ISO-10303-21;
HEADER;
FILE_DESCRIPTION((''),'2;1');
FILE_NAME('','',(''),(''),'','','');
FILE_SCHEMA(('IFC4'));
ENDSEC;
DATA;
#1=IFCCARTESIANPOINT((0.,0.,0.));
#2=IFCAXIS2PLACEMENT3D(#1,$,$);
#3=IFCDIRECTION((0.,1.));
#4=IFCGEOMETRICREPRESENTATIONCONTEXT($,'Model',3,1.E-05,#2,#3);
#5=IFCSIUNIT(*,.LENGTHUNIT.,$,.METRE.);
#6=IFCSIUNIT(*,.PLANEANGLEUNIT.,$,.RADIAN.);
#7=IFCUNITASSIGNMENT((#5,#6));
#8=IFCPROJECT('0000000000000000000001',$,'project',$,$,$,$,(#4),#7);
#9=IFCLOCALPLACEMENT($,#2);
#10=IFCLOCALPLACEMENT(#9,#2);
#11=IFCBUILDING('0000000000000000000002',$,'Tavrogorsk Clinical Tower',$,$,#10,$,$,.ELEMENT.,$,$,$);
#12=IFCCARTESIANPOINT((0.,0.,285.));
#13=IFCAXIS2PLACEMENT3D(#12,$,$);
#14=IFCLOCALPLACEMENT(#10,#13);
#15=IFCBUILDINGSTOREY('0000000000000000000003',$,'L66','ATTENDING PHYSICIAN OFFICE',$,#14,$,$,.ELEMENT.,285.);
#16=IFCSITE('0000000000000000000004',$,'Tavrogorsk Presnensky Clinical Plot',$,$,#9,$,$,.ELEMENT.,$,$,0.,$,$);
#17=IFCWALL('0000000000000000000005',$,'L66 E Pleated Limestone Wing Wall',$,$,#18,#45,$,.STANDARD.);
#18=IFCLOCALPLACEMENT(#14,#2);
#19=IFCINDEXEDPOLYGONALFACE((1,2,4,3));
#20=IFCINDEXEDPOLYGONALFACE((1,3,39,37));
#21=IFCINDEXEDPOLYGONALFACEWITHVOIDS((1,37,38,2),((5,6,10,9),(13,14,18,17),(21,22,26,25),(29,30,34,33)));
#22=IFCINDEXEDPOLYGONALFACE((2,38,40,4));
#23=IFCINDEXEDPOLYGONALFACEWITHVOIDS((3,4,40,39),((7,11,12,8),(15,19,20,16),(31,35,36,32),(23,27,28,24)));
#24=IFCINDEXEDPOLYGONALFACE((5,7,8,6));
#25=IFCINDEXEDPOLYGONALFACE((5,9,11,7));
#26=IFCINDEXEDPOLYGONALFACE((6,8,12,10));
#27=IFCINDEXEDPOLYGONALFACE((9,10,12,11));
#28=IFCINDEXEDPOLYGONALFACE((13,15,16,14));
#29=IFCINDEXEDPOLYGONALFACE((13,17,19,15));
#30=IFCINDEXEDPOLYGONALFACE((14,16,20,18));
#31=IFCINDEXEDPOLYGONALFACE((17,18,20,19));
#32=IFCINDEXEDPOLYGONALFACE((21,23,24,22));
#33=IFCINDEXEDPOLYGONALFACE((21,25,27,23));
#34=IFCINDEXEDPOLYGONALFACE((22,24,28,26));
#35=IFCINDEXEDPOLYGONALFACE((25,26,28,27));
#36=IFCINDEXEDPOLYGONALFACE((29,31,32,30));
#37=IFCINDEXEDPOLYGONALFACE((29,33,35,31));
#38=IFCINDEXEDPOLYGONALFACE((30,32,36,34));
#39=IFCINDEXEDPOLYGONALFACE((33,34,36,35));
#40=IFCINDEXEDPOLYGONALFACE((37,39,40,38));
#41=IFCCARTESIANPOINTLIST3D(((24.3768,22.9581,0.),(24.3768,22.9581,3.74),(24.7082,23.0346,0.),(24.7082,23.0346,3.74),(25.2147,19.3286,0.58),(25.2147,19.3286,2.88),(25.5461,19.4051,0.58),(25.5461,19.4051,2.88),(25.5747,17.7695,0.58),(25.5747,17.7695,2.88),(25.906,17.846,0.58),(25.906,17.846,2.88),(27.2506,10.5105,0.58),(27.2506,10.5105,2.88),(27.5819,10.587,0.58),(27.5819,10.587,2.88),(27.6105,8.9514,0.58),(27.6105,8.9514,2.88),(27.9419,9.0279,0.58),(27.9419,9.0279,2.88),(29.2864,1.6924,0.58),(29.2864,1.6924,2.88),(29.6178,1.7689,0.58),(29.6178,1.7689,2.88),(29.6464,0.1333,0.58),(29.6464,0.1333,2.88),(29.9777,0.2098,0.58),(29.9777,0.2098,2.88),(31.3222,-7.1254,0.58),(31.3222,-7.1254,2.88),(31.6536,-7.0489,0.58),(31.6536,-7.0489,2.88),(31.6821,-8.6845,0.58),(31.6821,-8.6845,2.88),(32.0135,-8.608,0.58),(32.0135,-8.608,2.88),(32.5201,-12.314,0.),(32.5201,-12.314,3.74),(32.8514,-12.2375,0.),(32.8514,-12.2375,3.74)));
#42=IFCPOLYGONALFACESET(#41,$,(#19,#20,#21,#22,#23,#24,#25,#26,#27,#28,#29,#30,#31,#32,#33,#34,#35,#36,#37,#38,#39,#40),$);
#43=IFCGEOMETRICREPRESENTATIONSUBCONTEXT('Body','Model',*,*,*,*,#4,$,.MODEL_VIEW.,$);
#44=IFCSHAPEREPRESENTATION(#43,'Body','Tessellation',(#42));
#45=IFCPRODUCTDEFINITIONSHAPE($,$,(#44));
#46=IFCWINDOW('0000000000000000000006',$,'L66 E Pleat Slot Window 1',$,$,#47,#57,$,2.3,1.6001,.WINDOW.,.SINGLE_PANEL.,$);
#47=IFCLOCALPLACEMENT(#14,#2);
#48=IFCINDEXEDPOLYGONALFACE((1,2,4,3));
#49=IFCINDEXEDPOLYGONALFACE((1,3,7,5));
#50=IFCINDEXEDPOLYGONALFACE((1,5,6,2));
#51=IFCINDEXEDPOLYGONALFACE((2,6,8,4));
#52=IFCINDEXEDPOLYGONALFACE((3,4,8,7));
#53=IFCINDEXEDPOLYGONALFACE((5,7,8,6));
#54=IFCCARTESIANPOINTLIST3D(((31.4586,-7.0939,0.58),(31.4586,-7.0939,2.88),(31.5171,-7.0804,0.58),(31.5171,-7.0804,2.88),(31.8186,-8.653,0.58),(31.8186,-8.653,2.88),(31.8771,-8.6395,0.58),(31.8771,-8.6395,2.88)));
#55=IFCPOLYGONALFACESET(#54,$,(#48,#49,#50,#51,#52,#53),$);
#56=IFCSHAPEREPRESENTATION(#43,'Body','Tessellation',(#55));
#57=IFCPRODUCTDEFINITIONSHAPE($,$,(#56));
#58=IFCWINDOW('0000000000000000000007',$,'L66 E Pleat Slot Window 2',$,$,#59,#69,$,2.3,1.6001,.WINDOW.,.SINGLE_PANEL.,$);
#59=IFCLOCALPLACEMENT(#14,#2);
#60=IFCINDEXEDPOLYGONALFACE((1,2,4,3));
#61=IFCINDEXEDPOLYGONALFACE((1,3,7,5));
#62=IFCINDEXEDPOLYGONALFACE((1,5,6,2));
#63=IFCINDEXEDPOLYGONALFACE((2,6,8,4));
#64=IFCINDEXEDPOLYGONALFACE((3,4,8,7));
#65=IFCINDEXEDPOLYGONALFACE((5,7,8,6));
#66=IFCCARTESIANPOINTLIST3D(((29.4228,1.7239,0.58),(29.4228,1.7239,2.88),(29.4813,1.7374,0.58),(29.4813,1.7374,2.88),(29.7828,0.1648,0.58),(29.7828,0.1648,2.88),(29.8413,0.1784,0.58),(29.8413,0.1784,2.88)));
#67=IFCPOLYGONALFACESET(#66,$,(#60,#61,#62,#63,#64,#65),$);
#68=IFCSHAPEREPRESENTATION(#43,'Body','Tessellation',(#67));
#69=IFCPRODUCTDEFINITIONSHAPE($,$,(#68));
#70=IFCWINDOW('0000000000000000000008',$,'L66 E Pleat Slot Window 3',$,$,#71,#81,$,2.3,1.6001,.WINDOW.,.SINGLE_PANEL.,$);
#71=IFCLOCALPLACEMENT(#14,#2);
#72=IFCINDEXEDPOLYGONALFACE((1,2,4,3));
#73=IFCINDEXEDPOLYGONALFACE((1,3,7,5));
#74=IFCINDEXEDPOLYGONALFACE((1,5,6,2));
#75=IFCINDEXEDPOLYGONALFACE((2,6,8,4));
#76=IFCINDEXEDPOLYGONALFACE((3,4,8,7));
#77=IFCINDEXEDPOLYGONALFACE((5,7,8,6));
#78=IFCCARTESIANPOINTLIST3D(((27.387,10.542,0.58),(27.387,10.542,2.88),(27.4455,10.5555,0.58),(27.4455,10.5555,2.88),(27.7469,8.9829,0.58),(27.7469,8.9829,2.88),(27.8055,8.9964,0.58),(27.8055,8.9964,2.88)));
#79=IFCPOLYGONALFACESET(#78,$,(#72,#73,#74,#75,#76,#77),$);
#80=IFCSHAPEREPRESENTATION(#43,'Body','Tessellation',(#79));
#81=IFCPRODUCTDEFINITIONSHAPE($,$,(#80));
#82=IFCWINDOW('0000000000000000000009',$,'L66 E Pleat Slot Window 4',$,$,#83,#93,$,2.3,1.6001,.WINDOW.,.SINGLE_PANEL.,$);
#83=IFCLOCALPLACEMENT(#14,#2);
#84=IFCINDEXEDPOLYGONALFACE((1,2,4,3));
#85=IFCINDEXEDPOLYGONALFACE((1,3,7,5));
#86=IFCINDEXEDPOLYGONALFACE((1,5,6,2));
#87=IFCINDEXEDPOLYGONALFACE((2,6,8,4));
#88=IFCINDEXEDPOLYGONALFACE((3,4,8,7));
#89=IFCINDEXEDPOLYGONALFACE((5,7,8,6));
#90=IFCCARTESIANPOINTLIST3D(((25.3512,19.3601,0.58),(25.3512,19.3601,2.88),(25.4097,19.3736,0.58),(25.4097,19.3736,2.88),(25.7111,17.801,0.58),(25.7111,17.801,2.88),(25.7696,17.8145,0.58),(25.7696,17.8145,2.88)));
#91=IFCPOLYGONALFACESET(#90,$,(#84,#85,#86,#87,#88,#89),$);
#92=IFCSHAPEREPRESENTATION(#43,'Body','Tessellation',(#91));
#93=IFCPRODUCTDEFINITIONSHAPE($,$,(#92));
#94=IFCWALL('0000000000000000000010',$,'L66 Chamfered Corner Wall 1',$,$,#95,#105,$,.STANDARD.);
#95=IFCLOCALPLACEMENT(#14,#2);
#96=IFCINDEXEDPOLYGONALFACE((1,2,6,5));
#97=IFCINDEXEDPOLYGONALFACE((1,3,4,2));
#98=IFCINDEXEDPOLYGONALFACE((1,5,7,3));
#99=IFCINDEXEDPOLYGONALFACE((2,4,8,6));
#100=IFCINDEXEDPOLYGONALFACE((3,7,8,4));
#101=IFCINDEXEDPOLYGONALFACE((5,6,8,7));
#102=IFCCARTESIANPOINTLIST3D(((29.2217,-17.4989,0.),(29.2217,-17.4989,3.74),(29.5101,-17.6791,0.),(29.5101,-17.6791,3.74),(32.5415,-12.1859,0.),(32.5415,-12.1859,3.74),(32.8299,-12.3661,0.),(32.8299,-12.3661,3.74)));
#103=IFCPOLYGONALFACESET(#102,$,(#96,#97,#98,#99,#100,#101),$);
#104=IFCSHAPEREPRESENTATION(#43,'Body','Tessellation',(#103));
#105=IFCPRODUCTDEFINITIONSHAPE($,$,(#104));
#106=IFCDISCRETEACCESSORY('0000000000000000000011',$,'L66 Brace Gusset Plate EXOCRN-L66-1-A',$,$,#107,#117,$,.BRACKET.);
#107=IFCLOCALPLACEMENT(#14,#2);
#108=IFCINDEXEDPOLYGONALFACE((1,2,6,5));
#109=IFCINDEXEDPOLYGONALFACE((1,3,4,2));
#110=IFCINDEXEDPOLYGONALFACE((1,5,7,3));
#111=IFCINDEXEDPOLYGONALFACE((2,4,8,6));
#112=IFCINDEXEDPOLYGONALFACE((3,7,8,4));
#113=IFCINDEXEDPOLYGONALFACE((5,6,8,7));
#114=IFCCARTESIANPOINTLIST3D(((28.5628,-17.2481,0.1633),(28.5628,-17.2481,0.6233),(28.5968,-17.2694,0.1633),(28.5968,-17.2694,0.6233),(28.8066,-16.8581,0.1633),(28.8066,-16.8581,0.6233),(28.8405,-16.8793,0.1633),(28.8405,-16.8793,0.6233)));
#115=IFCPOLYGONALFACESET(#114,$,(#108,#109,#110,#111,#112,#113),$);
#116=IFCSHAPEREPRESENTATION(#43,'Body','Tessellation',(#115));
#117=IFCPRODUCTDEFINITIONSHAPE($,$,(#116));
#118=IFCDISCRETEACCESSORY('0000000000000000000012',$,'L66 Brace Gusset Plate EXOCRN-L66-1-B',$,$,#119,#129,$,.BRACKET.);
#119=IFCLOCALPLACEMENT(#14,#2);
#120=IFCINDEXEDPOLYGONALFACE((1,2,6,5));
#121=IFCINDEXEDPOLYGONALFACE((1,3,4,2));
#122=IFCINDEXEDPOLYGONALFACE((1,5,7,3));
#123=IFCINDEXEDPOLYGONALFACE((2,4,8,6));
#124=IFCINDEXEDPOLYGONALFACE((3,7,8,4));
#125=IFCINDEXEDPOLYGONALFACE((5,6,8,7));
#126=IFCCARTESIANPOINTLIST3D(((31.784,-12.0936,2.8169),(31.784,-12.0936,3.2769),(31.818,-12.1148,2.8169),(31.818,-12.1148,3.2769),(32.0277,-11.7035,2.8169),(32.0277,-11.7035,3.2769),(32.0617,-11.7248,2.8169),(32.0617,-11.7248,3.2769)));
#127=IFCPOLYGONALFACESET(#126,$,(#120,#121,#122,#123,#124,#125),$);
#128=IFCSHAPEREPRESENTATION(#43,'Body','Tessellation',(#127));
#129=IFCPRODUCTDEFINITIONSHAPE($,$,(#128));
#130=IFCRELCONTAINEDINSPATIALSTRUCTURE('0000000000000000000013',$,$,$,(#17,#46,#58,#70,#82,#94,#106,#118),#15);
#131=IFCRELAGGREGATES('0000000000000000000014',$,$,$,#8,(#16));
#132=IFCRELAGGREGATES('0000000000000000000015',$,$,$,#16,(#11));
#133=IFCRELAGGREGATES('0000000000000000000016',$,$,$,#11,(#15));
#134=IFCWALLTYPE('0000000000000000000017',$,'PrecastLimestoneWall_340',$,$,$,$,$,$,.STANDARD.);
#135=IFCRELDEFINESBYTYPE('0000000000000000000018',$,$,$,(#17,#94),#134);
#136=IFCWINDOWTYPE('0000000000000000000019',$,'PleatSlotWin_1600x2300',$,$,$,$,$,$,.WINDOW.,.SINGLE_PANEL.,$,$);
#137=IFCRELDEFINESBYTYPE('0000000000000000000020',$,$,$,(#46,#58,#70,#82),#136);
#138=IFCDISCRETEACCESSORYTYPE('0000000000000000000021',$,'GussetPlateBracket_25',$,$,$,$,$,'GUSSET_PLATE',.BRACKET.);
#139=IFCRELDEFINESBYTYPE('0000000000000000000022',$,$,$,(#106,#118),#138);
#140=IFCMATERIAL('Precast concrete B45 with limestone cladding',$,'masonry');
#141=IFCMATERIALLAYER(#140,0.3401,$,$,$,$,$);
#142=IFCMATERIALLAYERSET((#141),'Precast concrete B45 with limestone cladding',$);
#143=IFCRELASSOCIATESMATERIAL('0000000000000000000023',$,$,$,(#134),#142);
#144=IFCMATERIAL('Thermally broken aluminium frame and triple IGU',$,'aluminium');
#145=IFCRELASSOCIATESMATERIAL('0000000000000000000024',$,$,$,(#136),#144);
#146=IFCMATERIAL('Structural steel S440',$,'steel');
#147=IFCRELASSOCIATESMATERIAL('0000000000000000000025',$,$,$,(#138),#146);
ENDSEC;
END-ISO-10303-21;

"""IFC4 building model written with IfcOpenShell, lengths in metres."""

from ifc_helpers import new_model, si_unit, direction, frame, frame_2d, origin, origin_2d, place, context, subcontext, project, spatial, rectangle, extrude, material, layer, layer_set, type_object, element, fill, save


model = new_model("IFC4")

# Units and contexts
model_context = context("Model", 3, precision=1e-05, world=origin(), true_north=direction((0.0, 1.0)))
body_context = subcontext(model_context, "Body", "Model", "MODEL_VIEW")
ifc_project = project(units=[si_unit("LENGTHUNIT", "METRE"), si_unit("PLANEANGLEUNIT", "RADIAN")], contexts=[model_context])

# Site, building, storey
site_placement = place(None, origin())
site = spatial("IfcSite", under=ifc_project, at=site_placement, Name="Tavrogorsk Presnensky Clinical Plot", CompositionType="ELEMENT", RefElevation=0.0)
building_placement = place(site_placement, origin())
building = spatial("IfcBuilding", under=site, at=building_placement, Name="Tavrogorsk Clinical Tower", CompositionType="ELEMENT")
storey_placement = place(building_placement, frame((0.0, 0.0, 285.0)))
storey = spatial("IfcBuildingStorey", under=building, at=storey_placement, Name="L66", Description="ATTENDING PHYSICIAN OFFICE", CompositionType="ELEMENT", Elevation=285.0)

# Wall, openings, windows
ifc_material_1 = material(Name="Precast concrete B45 with limestone cladding", Category="masonry")
ifc_layer_1 = layer(ifc_material_1, 0.3401)
ifc_layer_set_1 = layer_set([ifc_layer_1], Name="Precast concrete B45 with limestone cladding")
wall_type_1 = type_object("IfcWallType", Name="PrecastLimestoneWall_340", PredefinedType="STANDARD", material=ifc_layer_set_1)
wall_1_placement = place(storey_placement, frame((32.6858, -12.2759, 0.0), z_axis=(0.0, 0.0, 1.0), x_axis=(-0.224953, 0.97437, 0.0)))
wall_1 = element("IfcWall", 1, at=wall_1_placement, inside=storey, type_object=wall_type_1, Name="L66 E Pleated Limestone Wing Wall", PredefinedType="STANDARD", context=body_context, shape_type="SweptSolid", body=[
    extrude(rectangle(XDim=36.2, YDim=0.3401, at=frame_2d((18.1001, 0.0))), origin(), (0.0, 0.0, 1.0), 3.74),
])
opening_1_placement = place(wall_1_placement, frame((3.7251, 0.0, 0.5801)))
opening_1 = element("IfcOpeningElement", 2, at=opening_1_placement, cuts=wall_1, PredefinedType="OPENING", context=body_context, shape_type="SweptSolid", body=[
    extrude(rectangle(XDim=1.6001, YDim=2.3, at=frame_2d((0.8, 1.1499))), frame((0.0, 0.1799, 0.0), z_axis=(0.0, -1.0, 0.0), x_axis=(1.0, 0.0, 0.0)), (0.0, 0.0, 1.0), 0.3601),
])
opening_2_placement = place(wall_1_placement, frame((12.7749, 0.0, 0.5801)))
opening_2 = element("IfcOpeningElement", 3, at=opening_2_placement, cuts=wall_1, PredefinedType="OPENING", context=body_context, shape_type="SweptSolid", body=[
    extrude(rectangle(XDim=1.6001, YDim=2.3, at=frame_2d((0.8, 1.1499))), frame((0.0, 0.1799, 0.0), z_axis=(0.0, -1.0, 0.0), x_axis=(1.0, 0.0, 0.0)), (0.0, 0.0, 1.0), 0.3601),
])
opening_3_placement = place(wall_1_placement, frame((21.825, 0.0, 0.5801)))
opening_3 = element("IfcOpeningElement", 4, at=opening_3_placement, cuts=wall_1, PredefinedType="OPENING", context=body_context, shape_type="SweptSolid", body=[
    extrude(rectangle(XDim=1.6001, YDim=2.3, at=frame_2d((0.8, 1.1499))), frame((0.0, 0.1799, 0.0), z_axis=(0.0, -1.0, 0.0), x_axis=(1.0, 0.0, 0.0)), (0.0, 0.0, 1.0), 0.3601),
])
opening_4_placement = place(wall_1_placement, frame((30.875, 0.0, 0.5801)))
opening_4 = element("IfcOpeningElement", 5, at=opening_4_placement, cuts=wall_1, PredefinedType="OPENING", context=body_context, shape_type="SweptSolid", body=[
    extrude(rectangle(XDim=1.6001, YDim=2.3, at=frame_2d((0.8, 1.1499))), frame((0.0, 0.1799, 0.0), z_axis=(0.0, -1.0, 0.0), x_axis=(1.0, 0.0, 0.0)), (0.0, 0.0, 1.0), 0.3601),
])
ifc_material_2 = material(Name="Thermally broken aluminium frame and triple IGU", Category="aluminium")
window_type = type_object("IfcWindowType", Name="PleatSlotWin_1600x2300", PartitioningType="SINGLE_PANEL", PredefinedType="WINDOW", material=ifc_material_2)
window_1_placement = place(opening_1_placement, origin())
window_1 = element("IfcWindow", 6, at=window_1_placement, inside=storey, type_object=window_type, Name="L66 E Pleat Slot Window 1", OverallHeight=2.3, OverallWidth=1.6001, PartitioningType="SINGLE_PANEL", PredefinedType="WINDOW", context=body_context, shape_type="SweptSolid", body=[
    extrude(rectangle(XDim=1.6001, YDim=2.3, at=frame_2d((0.8, 1.1499))), frame((0.0, 0.03, 0.0), z_axis=(0.0, -1.0, 0.0), x_axis=(1.0, 0.0, 0.0)), (0.0, 0.0, 1.0), 0.0601),
])
fill(opening_1, window_1)
window_2_placement = place(opening_2_placement, origin())
window_2 = element("IfcWindow", 7, at=window_2_placement, inside=storey, type_object=window_type, Name="L66 E Pleat Slot Window 2", OverallHeight=2.3, OverallWidth=1.6001, PartitioningType="SINGLE_PANEL", PredefinedType="WINDOW", context=body_context, shape_type="SweptSolid", body=[
    extrude(rectangle(XDim=1.6001, YDim=2.3, at=frame_2d((0.8, 1.1499))), frame((0.0, 0.03, 0.0), z_axis=(0.0, -1.0, 0.0), x_axis=(1.0, 0.0, 0.0)), (0.0, 0.0, 1.0), 0.0601),
])
fill(opening_2, window_2)
window_3_placement = place(opening_3_placement, origin())
window_3 = element("IfcWindow", 8, at=window_3_placement, inside=storey, type_object=window_type, Name="L66 E Pleat Slot Window 3", OverallHeight=2.3, OverallWidth=1.6001, PartitioningType="SINGLE_PANEL", PredefinedType="WINDOW", context=body_context, shape_type="SweptSolid", body=[
    extrude(rectangle(XDim=1.6001, YDim=2.3, at=frame_2d((0.8, 1.1499))), frame((0.0, 0.03, 0.0), z_axis=(0.0, -1.0, 0.0), x_axis=(1.0, 0.0, 0.0)), (0.0, 0.0, 1.0), 0.0601),
])
fill(opening_3, window_3)
window_4_placement = place(opening_4_placement, origin())
window_4 = element("IfcWindow", 9, at=window_4_placement, inside=storey, type_object=window_type, Name="L66 E Pleat Slot Window 4", OverallHeight=2.3, OverallWidth=1.6001, PartitioningType="SINGLE_PANEL", PredefinedType="WINDOW", context=body_context, shape_type="SweptSolid", body=[
    extrude(rectangle(XDim=1.6001, YDim=2.3, at=frame_2d((0.8, 1.1499))), frame((0.0, 0.03, 0.0), z_axis=(0.0, -1.0, 0.0), x_axis=(1.0, 0.0, 0.0)), (0.0, 0.0, 1.0), 0.0601),
])
fill(opening_4, window_4)

# Wall
wall_2_placement = place(storey_placement, frame((29.366, -17.5889, 0.0), z_axis=(0.0, 0.0, 1.0), x_axis=(0.529908, 0.848055, 0.0)))
element("IfcWall", 10, at=wall_2_placement, inside=storey, type_object=wall_type_1, Name="L66 Chamfered Corner Wall 1", PredefinedType="STANDARD", context=body_context, shape_type="SweptSolid", body=[
    extrude(rectangle(XDim=6.2649, YDim=0.3401, at=frame_2d((3.1323, 0.0))), origin(), (0.0, 0.0, 1.0), 3.74),
])

# Discrete accessories
ifc_material_3 = material(Name="Structural steel S440", Category="steel")
discrete_accessory_type = type_object("IfcDiscreteAccessoryType", Name="GussetPlateBracket_25", ElementType="GUSSET_PLATE", PredefinedType="BRACKET", material=ifc_material_3)
for number, where, z_axis, x_axis, name in (
    (11, (28.7017, -17.0637, 0.1633), (0.0, 0.0, 1.0), (0.529919, 0.848048, 0.0), "L66 Brace Gusset Plate EXOCRN-L66-1-A"),
    (12, (31.9229, -11.9092, 2.8169), (0.0, 0.0, 1.0), (0.529919, 0.848048, 0.0), "L66 Brace Gusset Plate EXOCRN-L66-1-B"),
):
    element("IfcDiscreteAccessory", number, at=place(storey_placement, frame(where, z_axis=z_axis, x_axis=x_axis)), inside=storey, type_object=discrete_accessory_type, Name=name, PredefinedType="BRACKET", context=body_context, shape_type="SweptSolid", body=[
        extrude(rectangle(XDim=0.46, YDim=0.04, at=origin_2d()), origin(), (0.0, 0.0, 1.0), 0.46),
    ])

save(model, "model.ifc")
